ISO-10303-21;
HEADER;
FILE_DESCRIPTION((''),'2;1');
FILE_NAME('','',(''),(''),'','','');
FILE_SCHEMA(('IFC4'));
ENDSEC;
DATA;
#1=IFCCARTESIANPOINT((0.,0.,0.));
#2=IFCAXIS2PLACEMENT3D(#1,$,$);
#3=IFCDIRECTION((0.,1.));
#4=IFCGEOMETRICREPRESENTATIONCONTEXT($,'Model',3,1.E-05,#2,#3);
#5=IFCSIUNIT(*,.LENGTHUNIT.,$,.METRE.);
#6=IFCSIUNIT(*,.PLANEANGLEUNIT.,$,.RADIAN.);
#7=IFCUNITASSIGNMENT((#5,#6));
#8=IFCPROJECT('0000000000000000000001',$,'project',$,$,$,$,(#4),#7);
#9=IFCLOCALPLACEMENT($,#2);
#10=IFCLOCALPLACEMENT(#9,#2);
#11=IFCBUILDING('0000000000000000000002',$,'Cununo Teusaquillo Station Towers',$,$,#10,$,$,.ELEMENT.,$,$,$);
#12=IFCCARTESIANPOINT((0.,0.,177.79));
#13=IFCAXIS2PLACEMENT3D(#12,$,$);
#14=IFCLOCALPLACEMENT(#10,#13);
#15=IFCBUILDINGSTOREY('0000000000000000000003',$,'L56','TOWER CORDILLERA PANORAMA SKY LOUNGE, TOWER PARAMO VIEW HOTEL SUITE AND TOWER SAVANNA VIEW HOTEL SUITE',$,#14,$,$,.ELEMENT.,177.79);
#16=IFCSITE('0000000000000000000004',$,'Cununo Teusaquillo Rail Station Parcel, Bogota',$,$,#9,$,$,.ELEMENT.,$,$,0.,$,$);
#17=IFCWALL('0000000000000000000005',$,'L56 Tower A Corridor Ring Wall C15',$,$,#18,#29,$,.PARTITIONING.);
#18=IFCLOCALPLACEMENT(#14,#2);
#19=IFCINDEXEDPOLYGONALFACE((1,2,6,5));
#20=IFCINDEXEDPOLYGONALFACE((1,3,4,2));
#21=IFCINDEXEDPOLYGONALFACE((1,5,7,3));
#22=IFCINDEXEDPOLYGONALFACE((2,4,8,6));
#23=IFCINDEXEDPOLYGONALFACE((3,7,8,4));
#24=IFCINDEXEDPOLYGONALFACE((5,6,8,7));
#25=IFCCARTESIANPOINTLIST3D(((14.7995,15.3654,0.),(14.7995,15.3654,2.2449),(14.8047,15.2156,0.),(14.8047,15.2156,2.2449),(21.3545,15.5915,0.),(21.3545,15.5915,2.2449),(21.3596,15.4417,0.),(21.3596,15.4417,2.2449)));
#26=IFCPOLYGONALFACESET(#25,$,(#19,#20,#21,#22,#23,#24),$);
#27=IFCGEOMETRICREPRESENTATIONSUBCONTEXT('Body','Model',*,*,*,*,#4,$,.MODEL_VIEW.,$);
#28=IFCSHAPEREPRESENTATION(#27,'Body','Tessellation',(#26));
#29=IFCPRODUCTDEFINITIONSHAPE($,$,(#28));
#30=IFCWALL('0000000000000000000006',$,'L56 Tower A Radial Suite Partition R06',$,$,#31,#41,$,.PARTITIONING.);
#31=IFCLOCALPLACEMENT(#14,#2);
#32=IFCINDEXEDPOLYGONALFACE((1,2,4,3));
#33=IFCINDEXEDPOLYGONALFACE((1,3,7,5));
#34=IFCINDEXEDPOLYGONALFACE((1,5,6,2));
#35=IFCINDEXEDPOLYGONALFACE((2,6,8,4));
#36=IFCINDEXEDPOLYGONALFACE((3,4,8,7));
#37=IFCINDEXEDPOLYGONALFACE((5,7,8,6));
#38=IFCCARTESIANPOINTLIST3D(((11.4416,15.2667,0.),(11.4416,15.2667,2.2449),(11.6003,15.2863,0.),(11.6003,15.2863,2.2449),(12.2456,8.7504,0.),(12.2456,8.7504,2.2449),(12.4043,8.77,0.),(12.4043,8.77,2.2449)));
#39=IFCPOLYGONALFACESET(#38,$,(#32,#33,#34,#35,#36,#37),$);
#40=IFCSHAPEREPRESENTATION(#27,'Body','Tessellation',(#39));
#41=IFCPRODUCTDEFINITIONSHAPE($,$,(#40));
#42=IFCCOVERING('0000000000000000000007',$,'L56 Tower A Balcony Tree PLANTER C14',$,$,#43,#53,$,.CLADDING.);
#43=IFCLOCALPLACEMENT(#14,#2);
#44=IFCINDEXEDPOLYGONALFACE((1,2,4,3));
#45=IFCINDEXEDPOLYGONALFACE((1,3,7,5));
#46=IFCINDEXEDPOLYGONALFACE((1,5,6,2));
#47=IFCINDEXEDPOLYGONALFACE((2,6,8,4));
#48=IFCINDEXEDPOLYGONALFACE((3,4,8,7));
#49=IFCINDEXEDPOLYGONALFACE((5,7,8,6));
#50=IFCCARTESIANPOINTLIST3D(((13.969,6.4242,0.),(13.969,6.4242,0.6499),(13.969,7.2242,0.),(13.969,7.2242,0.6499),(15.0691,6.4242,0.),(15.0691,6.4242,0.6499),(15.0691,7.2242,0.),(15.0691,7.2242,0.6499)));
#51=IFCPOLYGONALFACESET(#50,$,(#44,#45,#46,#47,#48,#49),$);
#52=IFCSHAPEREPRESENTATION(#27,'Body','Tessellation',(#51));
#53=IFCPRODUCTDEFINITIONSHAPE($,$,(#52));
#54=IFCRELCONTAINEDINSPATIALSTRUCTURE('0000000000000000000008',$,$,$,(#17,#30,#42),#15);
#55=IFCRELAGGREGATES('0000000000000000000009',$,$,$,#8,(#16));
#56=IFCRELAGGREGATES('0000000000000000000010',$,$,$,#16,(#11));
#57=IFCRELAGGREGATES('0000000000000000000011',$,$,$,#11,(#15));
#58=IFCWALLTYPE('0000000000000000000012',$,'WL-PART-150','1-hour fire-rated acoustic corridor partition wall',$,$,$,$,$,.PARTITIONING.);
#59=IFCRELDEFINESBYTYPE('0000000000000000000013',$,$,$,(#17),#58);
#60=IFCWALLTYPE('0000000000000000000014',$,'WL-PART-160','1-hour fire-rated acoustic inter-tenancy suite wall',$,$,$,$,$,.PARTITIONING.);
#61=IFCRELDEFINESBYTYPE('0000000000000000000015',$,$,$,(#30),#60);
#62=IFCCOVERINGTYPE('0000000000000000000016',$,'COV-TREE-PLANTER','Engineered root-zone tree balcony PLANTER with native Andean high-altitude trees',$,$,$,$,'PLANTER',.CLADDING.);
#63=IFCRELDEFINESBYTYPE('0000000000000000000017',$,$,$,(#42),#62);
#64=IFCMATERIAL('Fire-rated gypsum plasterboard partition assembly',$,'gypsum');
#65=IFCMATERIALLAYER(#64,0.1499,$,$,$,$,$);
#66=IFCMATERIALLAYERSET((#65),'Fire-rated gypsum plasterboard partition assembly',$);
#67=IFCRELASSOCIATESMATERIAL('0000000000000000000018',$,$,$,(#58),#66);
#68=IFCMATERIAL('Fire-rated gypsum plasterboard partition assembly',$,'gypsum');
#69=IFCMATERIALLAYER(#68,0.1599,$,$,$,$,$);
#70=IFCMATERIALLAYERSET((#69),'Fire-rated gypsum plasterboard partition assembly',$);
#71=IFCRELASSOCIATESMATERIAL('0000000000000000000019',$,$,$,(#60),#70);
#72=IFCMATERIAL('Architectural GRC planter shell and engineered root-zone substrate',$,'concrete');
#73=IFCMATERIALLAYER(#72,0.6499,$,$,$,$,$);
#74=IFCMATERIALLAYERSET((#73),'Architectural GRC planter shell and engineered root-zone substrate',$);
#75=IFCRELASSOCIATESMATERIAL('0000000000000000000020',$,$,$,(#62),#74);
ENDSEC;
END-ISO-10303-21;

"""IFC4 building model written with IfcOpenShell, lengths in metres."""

from ifc_helpers import new_model, si_unit, direction, frame, frame_2d, origin, origin_2d, place, context, subcontext, project, spatial, rectangle, extrude, source, transform, mapped, material, layer, layer_set, type_object, element, save


model = new_model("IFC4")

# Units and contexts
model_context = context("Model", 3, precision=1e-05, world=origin(), true_north=direction((0.0, 1.0)))
body_context = subcontext(model_context, "Body", "Model", "MODEL_VIEW")
ifc_project = project(units=[si_unit("LENGTHUNIT", "METRE"), si_unit("PLANEANGLEUNIT", "RADIAN")], contexts=[model_context])

# Site, building, storey
site_placement = place(None, origin())
site = spatial("IfcSite", under=ifc_project, at=site_placement, Name="Cununo Teusaquillo Rail Station Parcel, Bogota", CompositionType="ELEMENT", RefElevation=0.0)
building_placement = place(site_placement, origin())
building = spatial("IfcBuilding", under=site, at=building_placement, Name="Cununo Teusaquillo Station Towers", CompositionType="ELEMENT")
storey_placement = place(building_placement, frame((0.0, 0.0, 177.79)))
storey = spatial("IfcBuildingStorey", under=building, at=storey_placement, Name="L56", Description="TOWER CORDILLERA PANORAMA SKY LOUNGE, TOWER PARAMO VIEW HOTEL SUITE AND TOWER SAVANNA VIEW HOTEL SUITE", CompositionType="ELEMENT", Elevation=177.79)

# Shared definitions
ifc_material_1 = material(Name="Fire-rated gypsum plasterboard partition assembly", Category="gypsum")
ifc_layer_1 = layer(ifc_material_1, 0.1499)
ifc_layer_set_1 = layer_set([ifc_layer_1], Name="Fire-rated gypsum plasterboard partition assembly")
wall_type_1 = type_object("IfcWallType", Name="WL-PART-150", Description="1-hour fire-rated acoustic corridor partition wall", PredefinedType="PARTITIONING", material=ifc_layer_set_1)

# Walls
wall_1_placement = place(storey_placement, frame((14.8022, 15.2905, 0.0), z_axis=(0.0, 0.0, 1.0), x_axis=(0.999406, 0.034469, 0.0)))
element("IfcWall", 1, at=wall_1_placement, inside=storey, type_object=wall_type_1, Name="L56 Tower A Corridor Ring Wall C15", PredefinedType="PARTITIONING", context=body_context, shape_type="SweptSolid", body=[
    extrude(rectangle(XDim=6.5588, YDim=0.1499, at=frame_2d((3.2793, 0.0))), origin(), (0.0, 0.0, 1.0), 2.2449),
])
ifc_material_2 = material(Name="Fire-rated gypsum plasterboard partition assembly", Category="gypsum")
ifc_layer_2 = layer(ifc_material_2, 0.1599)
ifc_layer_set_2 = layer_set([ifc_layer_2], Name="Fire-rated gypsum plasterboard partition assembly")
wall_type_2 = type_object("IfcWallType", Name="WL-PART-160", Description="1-hour fire-rated acoustic inter-tenancy suite wall", PredefinedType="PARTITIONING", material=ifc_layer_set_2)
wall_2_placement = place(storey_placement, frame((11.521, 15.2764, 0.0), z_axis=(0.0, 0.0, 1.0), x_axis=(0.122447, -0.992475, 0.0)))
element("IfcWall", 2, at=wall_2_placement, inside=storey, type_object=wall_type_2, Name="L56 Tower A Radial Suite Partition R06", PredefinedType="PARTITIONING", context=body_context, shape_type="SweptSolid", body=[
    extrude(rectangle(XDim=6.5657, YDim=0.1599, at=frame_2d((3.2827, 0.0))), origin(), (0.0, 0.0, 1.0), 2.2449),
])

# Covering
ifc_material_3 = material(Name="Architectural GRC planter shell and engineered root-zone substrate", Category="concrete")
ifc_layer_3 = layer(ifc_material_3, 0.6499)
ifc_layer_set_3 = layer_set([ifc_layer_3], Name="Architectural GRC planter shell and engineered root-zone substrate")
covering_type = type_object("IfcCoveringType", Name="COV-TREE-PLANTER", Description="Engineered root-zone tree balcony PLANTER with native Andean high-altitude trees", ElementType="PLANTER", PredefinedType="CLADDING", material=ifc_layer_set_3)
shared_shape_1 = source(origin(), body_context, "Body", "SweptSolid", [
    extrude(rectangle(XDim=1.1001, YDim=0.8, at=origin_2d()), origin(), (0.0, 0.0, 1.0), 0.6499),
])
covering_placement = place(storey_placement, frame((14.519, 6.8242, 0.0), z_axis=(0.0, 0.0, 1.0), x_axis=(1.0, 0.0, 0.0)))
element("IfcCovering", 3, at=covering_placement, inside=storey, type_object=covering_type, Name="L56 Tower A Balcony Tree PLANTER C14", PredefinedType="CLADDING", context=body_context, shape_type="MappedRepresentation", body=[
    mapped(shared_shape_1, transform((0.0, 0.0, 0.0), x_axis=(1.0, 0.0, 0.0), y_axis=(0.0, 1.0, 0.0), z_axis=(0.0, 0.0, 1.0), scale=1.0)),
])

save(model, "model.ifc")
